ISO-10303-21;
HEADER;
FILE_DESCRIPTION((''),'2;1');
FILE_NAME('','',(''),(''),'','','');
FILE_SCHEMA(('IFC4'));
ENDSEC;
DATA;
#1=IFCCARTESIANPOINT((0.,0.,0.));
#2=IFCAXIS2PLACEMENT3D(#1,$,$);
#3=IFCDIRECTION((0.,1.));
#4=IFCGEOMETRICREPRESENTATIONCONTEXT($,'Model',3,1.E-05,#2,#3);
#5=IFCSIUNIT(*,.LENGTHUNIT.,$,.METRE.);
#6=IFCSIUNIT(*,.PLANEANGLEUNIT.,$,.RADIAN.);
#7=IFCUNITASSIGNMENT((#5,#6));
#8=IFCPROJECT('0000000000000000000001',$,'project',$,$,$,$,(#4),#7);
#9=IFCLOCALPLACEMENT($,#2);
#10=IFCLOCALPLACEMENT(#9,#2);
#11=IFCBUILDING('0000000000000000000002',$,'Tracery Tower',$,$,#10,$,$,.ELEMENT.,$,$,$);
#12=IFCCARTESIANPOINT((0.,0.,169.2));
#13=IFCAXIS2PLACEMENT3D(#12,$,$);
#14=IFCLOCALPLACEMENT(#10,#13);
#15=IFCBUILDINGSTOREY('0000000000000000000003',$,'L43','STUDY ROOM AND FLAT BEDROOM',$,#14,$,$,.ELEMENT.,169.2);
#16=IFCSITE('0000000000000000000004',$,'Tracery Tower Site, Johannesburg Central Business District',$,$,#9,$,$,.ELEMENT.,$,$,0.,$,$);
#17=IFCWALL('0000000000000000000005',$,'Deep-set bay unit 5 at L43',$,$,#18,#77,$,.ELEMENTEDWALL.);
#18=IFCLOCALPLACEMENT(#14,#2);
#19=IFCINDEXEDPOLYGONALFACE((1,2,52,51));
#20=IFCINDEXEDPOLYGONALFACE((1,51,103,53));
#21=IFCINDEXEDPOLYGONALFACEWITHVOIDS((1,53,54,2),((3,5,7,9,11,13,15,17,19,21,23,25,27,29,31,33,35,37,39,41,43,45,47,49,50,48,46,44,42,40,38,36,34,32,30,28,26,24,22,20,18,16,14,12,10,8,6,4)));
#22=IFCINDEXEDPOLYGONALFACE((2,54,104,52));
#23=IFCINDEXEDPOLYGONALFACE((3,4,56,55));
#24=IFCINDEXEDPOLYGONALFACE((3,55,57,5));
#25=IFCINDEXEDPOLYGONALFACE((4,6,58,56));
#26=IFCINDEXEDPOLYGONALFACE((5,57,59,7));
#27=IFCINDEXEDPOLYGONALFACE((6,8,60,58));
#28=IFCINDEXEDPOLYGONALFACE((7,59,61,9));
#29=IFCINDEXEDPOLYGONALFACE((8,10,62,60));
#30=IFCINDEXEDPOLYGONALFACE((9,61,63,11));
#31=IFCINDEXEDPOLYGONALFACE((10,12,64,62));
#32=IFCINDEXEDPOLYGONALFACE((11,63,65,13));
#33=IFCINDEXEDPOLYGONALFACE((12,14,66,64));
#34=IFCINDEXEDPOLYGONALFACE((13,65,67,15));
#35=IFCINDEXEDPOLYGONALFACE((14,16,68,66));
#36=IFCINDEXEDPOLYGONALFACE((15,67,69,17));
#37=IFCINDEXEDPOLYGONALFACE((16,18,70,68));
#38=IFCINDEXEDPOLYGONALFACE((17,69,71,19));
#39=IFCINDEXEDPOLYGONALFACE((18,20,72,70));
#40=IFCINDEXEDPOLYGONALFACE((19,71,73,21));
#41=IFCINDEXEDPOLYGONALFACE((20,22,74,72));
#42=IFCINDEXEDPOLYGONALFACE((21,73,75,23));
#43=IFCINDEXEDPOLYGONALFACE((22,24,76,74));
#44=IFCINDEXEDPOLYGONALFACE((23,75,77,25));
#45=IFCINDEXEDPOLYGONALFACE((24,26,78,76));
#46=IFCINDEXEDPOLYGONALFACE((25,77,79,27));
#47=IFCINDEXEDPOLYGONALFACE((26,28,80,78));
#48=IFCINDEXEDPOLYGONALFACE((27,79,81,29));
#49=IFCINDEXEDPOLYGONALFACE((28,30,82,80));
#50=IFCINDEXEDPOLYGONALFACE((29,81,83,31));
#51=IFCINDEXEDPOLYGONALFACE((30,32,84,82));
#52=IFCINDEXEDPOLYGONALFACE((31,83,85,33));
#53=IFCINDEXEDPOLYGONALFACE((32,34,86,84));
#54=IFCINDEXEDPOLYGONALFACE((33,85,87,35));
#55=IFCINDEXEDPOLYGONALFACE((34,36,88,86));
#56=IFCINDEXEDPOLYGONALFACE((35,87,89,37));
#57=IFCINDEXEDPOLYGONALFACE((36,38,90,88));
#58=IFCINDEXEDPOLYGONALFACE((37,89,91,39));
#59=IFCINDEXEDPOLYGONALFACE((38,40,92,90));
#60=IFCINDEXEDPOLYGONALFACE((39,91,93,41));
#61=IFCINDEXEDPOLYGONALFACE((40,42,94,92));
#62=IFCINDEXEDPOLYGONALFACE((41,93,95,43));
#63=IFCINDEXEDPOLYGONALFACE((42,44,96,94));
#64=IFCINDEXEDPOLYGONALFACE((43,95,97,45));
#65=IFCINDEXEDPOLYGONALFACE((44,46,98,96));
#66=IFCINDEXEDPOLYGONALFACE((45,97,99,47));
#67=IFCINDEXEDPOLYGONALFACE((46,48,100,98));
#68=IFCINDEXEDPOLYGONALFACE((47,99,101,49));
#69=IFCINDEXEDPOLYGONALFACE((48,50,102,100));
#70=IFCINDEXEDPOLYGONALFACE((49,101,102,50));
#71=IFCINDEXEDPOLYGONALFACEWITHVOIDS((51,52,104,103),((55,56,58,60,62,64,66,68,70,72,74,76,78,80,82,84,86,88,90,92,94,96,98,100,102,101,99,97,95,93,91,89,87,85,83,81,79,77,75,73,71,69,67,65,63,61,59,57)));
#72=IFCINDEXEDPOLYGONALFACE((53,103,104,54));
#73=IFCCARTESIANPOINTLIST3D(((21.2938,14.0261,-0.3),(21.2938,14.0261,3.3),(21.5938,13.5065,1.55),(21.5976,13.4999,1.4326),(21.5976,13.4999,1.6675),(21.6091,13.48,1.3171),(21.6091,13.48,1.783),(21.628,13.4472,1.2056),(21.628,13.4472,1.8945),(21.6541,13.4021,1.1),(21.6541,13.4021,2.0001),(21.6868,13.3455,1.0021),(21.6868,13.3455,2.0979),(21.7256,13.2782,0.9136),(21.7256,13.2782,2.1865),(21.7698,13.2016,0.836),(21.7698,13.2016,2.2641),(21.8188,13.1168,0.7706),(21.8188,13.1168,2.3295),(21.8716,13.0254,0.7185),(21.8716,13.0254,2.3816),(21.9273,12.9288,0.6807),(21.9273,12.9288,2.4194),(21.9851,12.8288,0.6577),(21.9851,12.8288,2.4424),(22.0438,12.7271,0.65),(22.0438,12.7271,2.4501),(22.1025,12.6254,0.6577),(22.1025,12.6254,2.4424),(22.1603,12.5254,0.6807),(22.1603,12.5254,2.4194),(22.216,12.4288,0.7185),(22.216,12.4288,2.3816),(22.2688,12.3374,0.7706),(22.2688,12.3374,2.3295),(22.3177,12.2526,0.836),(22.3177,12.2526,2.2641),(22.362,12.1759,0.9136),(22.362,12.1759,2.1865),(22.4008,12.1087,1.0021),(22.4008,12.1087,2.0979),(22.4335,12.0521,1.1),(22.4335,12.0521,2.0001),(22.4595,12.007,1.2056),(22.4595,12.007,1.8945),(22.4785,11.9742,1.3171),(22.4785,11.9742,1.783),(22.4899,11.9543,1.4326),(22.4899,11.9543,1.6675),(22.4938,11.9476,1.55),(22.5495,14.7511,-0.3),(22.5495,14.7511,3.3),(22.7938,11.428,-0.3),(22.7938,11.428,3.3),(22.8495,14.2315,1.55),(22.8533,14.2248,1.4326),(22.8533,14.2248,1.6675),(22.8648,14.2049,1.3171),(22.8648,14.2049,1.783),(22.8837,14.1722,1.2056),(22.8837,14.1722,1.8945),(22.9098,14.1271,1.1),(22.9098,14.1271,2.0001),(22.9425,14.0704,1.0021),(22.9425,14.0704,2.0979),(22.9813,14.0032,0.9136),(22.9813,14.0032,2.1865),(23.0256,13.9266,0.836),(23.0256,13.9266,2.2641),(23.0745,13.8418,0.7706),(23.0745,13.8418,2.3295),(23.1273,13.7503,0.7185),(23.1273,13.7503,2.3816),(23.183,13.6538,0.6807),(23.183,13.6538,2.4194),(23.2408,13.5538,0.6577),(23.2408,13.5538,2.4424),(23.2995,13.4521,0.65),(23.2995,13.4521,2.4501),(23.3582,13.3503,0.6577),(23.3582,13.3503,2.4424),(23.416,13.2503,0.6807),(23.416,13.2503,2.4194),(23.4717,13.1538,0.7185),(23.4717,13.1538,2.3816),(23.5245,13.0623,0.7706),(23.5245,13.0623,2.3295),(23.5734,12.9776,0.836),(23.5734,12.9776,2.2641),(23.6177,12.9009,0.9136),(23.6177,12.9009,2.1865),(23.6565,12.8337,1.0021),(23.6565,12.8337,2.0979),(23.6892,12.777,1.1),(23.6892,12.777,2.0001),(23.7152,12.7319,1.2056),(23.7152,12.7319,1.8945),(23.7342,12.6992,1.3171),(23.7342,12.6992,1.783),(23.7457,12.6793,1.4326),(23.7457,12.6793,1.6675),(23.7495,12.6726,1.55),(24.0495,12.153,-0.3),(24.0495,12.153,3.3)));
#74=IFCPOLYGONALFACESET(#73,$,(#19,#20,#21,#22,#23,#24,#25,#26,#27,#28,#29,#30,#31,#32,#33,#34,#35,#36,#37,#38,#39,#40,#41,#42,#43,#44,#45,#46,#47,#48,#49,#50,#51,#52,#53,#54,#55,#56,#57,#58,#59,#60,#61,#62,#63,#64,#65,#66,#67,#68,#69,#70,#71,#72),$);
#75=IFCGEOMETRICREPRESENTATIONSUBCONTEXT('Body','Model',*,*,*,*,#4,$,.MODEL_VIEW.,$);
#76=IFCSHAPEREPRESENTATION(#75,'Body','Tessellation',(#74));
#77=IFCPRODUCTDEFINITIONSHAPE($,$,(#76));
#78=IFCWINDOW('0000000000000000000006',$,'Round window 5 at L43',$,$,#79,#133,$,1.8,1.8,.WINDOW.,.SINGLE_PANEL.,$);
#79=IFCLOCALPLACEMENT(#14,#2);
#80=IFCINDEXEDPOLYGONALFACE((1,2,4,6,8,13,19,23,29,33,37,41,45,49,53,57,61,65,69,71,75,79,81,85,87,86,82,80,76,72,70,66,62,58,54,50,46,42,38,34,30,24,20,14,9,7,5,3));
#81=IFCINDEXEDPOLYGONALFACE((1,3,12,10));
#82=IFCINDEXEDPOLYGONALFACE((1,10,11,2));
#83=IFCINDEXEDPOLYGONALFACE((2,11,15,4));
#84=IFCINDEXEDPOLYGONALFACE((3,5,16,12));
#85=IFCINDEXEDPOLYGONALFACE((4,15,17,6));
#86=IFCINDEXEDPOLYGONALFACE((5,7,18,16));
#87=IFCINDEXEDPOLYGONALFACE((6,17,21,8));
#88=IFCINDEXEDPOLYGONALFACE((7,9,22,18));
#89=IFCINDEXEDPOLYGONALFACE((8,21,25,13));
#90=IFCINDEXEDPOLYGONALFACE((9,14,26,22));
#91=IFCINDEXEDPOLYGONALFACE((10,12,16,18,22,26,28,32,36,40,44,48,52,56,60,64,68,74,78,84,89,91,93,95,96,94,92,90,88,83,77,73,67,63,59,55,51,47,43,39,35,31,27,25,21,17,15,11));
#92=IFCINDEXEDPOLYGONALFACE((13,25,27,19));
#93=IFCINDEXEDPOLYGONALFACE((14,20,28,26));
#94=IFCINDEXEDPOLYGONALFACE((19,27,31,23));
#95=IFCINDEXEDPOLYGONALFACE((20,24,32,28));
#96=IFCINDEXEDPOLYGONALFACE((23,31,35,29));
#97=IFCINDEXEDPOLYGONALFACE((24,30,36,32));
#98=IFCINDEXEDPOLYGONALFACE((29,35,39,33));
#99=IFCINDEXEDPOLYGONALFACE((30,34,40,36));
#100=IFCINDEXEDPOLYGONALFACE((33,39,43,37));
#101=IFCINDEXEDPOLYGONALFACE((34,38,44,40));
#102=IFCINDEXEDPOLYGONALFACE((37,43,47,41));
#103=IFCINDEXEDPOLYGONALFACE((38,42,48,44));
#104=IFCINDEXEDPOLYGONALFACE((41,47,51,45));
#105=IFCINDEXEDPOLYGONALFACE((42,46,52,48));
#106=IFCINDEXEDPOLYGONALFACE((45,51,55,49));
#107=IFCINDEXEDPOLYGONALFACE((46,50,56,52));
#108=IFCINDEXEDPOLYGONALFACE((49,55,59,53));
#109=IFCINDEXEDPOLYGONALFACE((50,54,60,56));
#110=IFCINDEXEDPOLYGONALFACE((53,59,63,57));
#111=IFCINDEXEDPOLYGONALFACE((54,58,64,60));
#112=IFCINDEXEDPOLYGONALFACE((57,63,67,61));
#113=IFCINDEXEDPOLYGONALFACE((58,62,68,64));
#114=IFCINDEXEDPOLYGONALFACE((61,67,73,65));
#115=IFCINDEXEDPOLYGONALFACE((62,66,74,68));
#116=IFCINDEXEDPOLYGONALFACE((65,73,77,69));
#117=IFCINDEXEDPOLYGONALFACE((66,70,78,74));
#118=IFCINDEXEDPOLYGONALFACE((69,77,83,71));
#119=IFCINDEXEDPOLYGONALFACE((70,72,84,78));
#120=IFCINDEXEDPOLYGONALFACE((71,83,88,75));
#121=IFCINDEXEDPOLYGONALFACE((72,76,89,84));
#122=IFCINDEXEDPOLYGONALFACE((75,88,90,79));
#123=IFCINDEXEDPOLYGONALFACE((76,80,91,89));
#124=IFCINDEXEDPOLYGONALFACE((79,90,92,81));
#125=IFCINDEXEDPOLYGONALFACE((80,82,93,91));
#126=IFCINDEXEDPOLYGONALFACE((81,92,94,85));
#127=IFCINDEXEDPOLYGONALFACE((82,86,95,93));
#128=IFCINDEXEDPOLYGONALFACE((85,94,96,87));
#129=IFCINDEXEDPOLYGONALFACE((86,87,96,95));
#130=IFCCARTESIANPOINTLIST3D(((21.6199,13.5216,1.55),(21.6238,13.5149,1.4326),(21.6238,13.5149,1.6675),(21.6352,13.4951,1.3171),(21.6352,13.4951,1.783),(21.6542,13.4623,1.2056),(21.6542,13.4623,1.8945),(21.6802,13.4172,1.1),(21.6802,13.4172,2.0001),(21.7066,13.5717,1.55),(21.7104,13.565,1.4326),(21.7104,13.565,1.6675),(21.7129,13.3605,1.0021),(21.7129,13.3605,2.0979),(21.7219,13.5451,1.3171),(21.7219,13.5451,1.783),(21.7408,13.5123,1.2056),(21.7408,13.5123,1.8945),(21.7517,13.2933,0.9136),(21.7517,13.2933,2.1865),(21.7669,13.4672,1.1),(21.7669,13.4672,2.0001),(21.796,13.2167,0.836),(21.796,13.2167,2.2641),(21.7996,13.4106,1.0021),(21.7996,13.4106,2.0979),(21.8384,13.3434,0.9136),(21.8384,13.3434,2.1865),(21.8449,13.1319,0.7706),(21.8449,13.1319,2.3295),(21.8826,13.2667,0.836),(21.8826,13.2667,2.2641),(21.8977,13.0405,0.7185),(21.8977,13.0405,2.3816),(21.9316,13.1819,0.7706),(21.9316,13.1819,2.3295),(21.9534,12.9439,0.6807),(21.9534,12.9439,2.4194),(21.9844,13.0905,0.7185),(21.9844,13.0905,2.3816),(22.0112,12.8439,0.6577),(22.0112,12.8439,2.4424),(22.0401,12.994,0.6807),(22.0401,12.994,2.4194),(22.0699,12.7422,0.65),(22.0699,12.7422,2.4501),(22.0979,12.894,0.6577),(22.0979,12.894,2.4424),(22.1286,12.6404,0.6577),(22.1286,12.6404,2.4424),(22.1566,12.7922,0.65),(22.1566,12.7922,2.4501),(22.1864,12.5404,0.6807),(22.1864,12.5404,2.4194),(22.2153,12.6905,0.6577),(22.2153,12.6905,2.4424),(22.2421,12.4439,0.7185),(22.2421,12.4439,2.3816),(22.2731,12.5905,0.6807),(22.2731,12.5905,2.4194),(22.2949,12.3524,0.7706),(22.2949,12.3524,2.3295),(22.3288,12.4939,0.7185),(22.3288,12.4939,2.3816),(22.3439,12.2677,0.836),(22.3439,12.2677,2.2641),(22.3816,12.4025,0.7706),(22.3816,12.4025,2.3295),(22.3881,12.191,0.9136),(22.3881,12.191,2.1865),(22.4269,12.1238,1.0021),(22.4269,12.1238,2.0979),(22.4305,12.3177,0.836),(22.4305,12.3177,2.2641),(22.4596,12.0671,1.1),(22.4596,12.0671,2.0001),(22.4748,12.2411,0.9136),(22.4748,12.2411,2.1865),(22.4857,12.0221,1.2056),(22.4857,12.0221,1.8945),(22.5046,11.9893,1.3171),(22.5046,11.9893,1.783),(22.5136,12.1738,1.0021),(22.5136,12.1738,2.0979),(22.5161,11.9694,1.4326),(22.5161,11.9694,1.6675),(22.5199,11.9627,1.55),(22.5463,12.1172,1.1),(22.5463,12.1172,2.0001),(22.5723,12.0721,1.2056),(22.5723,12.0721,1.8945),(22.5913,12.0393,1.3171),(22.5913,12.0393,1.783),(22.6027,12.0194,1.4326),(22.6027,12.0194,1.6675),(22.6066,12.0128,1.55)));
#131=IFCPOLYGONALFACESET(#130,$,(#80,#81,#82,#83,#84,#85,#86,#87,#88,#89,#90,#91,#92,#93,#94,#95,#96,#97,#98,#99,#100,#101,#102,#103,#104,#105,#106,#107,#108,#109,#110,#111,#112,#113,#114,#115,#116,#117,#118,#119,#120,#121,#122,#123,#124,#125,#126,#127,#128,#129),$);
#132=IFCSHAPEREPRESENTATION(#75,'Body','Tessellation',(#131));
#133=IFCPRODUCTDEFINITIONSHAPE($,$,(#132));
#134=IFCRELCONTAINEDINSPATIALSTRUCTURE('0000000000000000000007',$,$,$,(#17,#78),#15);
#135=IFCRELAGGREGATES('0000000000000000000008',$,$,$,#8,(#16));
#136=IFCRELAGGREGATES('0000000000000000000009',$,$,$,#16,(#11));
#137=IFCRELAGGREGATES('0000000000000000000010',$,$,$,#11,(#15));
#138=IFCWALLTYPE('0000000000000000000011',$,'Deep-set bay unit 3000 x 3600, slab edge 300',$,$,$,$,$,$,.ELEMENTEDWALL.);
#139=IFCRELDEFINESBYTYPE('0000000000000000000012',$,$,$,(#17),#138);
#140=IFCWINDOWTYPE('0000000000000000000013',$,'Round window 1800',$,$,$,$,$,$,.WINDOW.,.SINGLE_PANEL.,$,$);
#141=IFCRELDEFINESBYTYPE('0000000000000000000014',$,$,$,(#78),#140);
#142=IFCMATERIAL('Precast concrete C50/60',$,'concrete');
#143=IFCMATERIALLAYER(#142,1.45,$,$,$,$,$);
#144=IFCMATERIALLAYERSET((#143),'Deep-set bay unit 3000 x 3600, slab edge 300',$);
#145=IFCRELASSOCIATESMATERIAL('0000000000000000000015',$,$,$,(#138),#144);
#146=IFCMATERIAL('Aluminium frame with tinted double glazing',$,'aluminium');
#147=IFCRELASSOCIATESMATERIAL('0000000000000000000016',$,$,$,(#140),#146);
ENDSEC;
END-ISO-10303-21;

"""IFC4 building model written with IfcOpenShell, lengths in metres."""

from ifc_helpers import new_model, si_unit, direction, frame, frame_2d, origin, origin_2d, place, context, subcontext, project, spatial, rectangle, circle, extrude, material, layer, layer_set, type_object, element, fill, save


model = new_model("IFC4")

# Units and contexts
model_context = context("Model", 3, precision=1e-05, world=origin(), true_north=direction((0.0, 1.0)))
body_context = subcontext(model_context, "Body", "Model", "MODEL_VIEW")
ifc_project = project(units=[si_unit("LENGTHUNIT", "METRE"), si_unit("PLANEANGLEUNIT", "RADIAN")], contexts=[model_context])

# Site, building, storey
site_placement = place(None, origin())
site = spatial("IfcSite", under=ifc_project, at=site_placement, Name="Tracery Tower Site, Johannesburg Central Business District", CompositionType="ELEMENT", RefElevation=0.0)
building_placement = place(site_placement, origin())
building = spatial("IfcBuilding", under=site, at=building_placement, Name="Tracery Tower", CompositionType="ELEMENT")
storey_placement = place(building_placement, frame((0.0, 0.0, 169.2)))
storey = spatial("IfcBuildingStorey", under=building, at=storey_placement, Name="L43", Description="STUDY ROOM AND FLAT BEDROOM", CompositionType="ELEMENT", Elevation=169.2)

# Wall, opening, window
ifc_material_1 = material(Name="Precast concrete C50/60", Category="concrete")
ifc_layer_1 = layer(ifc_material_1, 1.45)
ifc_layer_set_1 = layer_set([ifc_layer_1], Name="Deep-set bay unit 3000 x 3600, slab edge 300")
wall_type_1 = type_object("IfcWallType", Name="Deep-set bay unit 3000 x 3600, slab edge 300", PredefinedType="ELEMENTEDWALL", material=ifc_layer_set_1)
wall_1_placement = place(storey_placement, frame((23.4216, 11.7905, -0.3), z_axis=(0.0, 0.0, 1.0), x_axis=(-0.49999, 0.866031, 0.0)))
wall_1 = element("IfcWall", 1, at=wall_1_placement, inside=storey, type_object=wall_type_1, Name="Deep-set bay unit 5 at L43", PredefinedType="ELEMENTEDWALL", context=body_context, shape_type="SweptSolid", body=[
    extrude(rectangle(XDim=3.0, YDim=1.45, at=frame_2d((1.5, 0.0))), origin(), (0.0, 0.0, 1.0), 3.6001),
])
opening_1_placement = place(wall_1_placement, frame((1.5, 0.0, 1.8501)))
opening_1 = element("IfcOpeningElement", 2, at=opening_1_placement, cuts=wall_1, PredefinedType="OPENING", context=body_context, shape_type="SweptSolid", body=[
    extrude(circle(Radius=0.9, at=origin_2d()), frame((0.0, 0.7349, 0.0), z_axis=(0.0, -1.0, 0.0), x_axis=(1.0, 0.0, 0.0)), (0.0, 0.0, 1.0), 1.47),
])
ifc_material_2 = material(Name="Aluminium frame with tinted double glazing", Category="aluminium")
window_type = type_object("IfcWindowType", Name="Round window 1800", PartitioningType="SINGLE_PANEL", PredefinedType="WINDOW", material=ifc_material_2)
window_1_placement = place(opening_1_placement, origin())
window_1 = element("IfcWindow", 3, at=window_1_placement, inside=storey, type_object=window_type, Name="Round window 5 at L43", OverallHeight=1.8, OverallWidth=1.8, PartitioningType="SINGLE_PANEL", PredefinedType="WINDOW", context=body_context, shape_type="SweptSolid", body=[
    extrude(circle(Radius=0.9, at=origin_2d()), frame((0.0, 0.6948, 0.0), z_axis=(0.0, -1.0, 0.0), x_axis=(1.0, 0.0, 0.0)), (0.0, 0.0, 1.0), 0.1001),
])
fill(opening_1, window_1)

save(model, "model.ifc")
